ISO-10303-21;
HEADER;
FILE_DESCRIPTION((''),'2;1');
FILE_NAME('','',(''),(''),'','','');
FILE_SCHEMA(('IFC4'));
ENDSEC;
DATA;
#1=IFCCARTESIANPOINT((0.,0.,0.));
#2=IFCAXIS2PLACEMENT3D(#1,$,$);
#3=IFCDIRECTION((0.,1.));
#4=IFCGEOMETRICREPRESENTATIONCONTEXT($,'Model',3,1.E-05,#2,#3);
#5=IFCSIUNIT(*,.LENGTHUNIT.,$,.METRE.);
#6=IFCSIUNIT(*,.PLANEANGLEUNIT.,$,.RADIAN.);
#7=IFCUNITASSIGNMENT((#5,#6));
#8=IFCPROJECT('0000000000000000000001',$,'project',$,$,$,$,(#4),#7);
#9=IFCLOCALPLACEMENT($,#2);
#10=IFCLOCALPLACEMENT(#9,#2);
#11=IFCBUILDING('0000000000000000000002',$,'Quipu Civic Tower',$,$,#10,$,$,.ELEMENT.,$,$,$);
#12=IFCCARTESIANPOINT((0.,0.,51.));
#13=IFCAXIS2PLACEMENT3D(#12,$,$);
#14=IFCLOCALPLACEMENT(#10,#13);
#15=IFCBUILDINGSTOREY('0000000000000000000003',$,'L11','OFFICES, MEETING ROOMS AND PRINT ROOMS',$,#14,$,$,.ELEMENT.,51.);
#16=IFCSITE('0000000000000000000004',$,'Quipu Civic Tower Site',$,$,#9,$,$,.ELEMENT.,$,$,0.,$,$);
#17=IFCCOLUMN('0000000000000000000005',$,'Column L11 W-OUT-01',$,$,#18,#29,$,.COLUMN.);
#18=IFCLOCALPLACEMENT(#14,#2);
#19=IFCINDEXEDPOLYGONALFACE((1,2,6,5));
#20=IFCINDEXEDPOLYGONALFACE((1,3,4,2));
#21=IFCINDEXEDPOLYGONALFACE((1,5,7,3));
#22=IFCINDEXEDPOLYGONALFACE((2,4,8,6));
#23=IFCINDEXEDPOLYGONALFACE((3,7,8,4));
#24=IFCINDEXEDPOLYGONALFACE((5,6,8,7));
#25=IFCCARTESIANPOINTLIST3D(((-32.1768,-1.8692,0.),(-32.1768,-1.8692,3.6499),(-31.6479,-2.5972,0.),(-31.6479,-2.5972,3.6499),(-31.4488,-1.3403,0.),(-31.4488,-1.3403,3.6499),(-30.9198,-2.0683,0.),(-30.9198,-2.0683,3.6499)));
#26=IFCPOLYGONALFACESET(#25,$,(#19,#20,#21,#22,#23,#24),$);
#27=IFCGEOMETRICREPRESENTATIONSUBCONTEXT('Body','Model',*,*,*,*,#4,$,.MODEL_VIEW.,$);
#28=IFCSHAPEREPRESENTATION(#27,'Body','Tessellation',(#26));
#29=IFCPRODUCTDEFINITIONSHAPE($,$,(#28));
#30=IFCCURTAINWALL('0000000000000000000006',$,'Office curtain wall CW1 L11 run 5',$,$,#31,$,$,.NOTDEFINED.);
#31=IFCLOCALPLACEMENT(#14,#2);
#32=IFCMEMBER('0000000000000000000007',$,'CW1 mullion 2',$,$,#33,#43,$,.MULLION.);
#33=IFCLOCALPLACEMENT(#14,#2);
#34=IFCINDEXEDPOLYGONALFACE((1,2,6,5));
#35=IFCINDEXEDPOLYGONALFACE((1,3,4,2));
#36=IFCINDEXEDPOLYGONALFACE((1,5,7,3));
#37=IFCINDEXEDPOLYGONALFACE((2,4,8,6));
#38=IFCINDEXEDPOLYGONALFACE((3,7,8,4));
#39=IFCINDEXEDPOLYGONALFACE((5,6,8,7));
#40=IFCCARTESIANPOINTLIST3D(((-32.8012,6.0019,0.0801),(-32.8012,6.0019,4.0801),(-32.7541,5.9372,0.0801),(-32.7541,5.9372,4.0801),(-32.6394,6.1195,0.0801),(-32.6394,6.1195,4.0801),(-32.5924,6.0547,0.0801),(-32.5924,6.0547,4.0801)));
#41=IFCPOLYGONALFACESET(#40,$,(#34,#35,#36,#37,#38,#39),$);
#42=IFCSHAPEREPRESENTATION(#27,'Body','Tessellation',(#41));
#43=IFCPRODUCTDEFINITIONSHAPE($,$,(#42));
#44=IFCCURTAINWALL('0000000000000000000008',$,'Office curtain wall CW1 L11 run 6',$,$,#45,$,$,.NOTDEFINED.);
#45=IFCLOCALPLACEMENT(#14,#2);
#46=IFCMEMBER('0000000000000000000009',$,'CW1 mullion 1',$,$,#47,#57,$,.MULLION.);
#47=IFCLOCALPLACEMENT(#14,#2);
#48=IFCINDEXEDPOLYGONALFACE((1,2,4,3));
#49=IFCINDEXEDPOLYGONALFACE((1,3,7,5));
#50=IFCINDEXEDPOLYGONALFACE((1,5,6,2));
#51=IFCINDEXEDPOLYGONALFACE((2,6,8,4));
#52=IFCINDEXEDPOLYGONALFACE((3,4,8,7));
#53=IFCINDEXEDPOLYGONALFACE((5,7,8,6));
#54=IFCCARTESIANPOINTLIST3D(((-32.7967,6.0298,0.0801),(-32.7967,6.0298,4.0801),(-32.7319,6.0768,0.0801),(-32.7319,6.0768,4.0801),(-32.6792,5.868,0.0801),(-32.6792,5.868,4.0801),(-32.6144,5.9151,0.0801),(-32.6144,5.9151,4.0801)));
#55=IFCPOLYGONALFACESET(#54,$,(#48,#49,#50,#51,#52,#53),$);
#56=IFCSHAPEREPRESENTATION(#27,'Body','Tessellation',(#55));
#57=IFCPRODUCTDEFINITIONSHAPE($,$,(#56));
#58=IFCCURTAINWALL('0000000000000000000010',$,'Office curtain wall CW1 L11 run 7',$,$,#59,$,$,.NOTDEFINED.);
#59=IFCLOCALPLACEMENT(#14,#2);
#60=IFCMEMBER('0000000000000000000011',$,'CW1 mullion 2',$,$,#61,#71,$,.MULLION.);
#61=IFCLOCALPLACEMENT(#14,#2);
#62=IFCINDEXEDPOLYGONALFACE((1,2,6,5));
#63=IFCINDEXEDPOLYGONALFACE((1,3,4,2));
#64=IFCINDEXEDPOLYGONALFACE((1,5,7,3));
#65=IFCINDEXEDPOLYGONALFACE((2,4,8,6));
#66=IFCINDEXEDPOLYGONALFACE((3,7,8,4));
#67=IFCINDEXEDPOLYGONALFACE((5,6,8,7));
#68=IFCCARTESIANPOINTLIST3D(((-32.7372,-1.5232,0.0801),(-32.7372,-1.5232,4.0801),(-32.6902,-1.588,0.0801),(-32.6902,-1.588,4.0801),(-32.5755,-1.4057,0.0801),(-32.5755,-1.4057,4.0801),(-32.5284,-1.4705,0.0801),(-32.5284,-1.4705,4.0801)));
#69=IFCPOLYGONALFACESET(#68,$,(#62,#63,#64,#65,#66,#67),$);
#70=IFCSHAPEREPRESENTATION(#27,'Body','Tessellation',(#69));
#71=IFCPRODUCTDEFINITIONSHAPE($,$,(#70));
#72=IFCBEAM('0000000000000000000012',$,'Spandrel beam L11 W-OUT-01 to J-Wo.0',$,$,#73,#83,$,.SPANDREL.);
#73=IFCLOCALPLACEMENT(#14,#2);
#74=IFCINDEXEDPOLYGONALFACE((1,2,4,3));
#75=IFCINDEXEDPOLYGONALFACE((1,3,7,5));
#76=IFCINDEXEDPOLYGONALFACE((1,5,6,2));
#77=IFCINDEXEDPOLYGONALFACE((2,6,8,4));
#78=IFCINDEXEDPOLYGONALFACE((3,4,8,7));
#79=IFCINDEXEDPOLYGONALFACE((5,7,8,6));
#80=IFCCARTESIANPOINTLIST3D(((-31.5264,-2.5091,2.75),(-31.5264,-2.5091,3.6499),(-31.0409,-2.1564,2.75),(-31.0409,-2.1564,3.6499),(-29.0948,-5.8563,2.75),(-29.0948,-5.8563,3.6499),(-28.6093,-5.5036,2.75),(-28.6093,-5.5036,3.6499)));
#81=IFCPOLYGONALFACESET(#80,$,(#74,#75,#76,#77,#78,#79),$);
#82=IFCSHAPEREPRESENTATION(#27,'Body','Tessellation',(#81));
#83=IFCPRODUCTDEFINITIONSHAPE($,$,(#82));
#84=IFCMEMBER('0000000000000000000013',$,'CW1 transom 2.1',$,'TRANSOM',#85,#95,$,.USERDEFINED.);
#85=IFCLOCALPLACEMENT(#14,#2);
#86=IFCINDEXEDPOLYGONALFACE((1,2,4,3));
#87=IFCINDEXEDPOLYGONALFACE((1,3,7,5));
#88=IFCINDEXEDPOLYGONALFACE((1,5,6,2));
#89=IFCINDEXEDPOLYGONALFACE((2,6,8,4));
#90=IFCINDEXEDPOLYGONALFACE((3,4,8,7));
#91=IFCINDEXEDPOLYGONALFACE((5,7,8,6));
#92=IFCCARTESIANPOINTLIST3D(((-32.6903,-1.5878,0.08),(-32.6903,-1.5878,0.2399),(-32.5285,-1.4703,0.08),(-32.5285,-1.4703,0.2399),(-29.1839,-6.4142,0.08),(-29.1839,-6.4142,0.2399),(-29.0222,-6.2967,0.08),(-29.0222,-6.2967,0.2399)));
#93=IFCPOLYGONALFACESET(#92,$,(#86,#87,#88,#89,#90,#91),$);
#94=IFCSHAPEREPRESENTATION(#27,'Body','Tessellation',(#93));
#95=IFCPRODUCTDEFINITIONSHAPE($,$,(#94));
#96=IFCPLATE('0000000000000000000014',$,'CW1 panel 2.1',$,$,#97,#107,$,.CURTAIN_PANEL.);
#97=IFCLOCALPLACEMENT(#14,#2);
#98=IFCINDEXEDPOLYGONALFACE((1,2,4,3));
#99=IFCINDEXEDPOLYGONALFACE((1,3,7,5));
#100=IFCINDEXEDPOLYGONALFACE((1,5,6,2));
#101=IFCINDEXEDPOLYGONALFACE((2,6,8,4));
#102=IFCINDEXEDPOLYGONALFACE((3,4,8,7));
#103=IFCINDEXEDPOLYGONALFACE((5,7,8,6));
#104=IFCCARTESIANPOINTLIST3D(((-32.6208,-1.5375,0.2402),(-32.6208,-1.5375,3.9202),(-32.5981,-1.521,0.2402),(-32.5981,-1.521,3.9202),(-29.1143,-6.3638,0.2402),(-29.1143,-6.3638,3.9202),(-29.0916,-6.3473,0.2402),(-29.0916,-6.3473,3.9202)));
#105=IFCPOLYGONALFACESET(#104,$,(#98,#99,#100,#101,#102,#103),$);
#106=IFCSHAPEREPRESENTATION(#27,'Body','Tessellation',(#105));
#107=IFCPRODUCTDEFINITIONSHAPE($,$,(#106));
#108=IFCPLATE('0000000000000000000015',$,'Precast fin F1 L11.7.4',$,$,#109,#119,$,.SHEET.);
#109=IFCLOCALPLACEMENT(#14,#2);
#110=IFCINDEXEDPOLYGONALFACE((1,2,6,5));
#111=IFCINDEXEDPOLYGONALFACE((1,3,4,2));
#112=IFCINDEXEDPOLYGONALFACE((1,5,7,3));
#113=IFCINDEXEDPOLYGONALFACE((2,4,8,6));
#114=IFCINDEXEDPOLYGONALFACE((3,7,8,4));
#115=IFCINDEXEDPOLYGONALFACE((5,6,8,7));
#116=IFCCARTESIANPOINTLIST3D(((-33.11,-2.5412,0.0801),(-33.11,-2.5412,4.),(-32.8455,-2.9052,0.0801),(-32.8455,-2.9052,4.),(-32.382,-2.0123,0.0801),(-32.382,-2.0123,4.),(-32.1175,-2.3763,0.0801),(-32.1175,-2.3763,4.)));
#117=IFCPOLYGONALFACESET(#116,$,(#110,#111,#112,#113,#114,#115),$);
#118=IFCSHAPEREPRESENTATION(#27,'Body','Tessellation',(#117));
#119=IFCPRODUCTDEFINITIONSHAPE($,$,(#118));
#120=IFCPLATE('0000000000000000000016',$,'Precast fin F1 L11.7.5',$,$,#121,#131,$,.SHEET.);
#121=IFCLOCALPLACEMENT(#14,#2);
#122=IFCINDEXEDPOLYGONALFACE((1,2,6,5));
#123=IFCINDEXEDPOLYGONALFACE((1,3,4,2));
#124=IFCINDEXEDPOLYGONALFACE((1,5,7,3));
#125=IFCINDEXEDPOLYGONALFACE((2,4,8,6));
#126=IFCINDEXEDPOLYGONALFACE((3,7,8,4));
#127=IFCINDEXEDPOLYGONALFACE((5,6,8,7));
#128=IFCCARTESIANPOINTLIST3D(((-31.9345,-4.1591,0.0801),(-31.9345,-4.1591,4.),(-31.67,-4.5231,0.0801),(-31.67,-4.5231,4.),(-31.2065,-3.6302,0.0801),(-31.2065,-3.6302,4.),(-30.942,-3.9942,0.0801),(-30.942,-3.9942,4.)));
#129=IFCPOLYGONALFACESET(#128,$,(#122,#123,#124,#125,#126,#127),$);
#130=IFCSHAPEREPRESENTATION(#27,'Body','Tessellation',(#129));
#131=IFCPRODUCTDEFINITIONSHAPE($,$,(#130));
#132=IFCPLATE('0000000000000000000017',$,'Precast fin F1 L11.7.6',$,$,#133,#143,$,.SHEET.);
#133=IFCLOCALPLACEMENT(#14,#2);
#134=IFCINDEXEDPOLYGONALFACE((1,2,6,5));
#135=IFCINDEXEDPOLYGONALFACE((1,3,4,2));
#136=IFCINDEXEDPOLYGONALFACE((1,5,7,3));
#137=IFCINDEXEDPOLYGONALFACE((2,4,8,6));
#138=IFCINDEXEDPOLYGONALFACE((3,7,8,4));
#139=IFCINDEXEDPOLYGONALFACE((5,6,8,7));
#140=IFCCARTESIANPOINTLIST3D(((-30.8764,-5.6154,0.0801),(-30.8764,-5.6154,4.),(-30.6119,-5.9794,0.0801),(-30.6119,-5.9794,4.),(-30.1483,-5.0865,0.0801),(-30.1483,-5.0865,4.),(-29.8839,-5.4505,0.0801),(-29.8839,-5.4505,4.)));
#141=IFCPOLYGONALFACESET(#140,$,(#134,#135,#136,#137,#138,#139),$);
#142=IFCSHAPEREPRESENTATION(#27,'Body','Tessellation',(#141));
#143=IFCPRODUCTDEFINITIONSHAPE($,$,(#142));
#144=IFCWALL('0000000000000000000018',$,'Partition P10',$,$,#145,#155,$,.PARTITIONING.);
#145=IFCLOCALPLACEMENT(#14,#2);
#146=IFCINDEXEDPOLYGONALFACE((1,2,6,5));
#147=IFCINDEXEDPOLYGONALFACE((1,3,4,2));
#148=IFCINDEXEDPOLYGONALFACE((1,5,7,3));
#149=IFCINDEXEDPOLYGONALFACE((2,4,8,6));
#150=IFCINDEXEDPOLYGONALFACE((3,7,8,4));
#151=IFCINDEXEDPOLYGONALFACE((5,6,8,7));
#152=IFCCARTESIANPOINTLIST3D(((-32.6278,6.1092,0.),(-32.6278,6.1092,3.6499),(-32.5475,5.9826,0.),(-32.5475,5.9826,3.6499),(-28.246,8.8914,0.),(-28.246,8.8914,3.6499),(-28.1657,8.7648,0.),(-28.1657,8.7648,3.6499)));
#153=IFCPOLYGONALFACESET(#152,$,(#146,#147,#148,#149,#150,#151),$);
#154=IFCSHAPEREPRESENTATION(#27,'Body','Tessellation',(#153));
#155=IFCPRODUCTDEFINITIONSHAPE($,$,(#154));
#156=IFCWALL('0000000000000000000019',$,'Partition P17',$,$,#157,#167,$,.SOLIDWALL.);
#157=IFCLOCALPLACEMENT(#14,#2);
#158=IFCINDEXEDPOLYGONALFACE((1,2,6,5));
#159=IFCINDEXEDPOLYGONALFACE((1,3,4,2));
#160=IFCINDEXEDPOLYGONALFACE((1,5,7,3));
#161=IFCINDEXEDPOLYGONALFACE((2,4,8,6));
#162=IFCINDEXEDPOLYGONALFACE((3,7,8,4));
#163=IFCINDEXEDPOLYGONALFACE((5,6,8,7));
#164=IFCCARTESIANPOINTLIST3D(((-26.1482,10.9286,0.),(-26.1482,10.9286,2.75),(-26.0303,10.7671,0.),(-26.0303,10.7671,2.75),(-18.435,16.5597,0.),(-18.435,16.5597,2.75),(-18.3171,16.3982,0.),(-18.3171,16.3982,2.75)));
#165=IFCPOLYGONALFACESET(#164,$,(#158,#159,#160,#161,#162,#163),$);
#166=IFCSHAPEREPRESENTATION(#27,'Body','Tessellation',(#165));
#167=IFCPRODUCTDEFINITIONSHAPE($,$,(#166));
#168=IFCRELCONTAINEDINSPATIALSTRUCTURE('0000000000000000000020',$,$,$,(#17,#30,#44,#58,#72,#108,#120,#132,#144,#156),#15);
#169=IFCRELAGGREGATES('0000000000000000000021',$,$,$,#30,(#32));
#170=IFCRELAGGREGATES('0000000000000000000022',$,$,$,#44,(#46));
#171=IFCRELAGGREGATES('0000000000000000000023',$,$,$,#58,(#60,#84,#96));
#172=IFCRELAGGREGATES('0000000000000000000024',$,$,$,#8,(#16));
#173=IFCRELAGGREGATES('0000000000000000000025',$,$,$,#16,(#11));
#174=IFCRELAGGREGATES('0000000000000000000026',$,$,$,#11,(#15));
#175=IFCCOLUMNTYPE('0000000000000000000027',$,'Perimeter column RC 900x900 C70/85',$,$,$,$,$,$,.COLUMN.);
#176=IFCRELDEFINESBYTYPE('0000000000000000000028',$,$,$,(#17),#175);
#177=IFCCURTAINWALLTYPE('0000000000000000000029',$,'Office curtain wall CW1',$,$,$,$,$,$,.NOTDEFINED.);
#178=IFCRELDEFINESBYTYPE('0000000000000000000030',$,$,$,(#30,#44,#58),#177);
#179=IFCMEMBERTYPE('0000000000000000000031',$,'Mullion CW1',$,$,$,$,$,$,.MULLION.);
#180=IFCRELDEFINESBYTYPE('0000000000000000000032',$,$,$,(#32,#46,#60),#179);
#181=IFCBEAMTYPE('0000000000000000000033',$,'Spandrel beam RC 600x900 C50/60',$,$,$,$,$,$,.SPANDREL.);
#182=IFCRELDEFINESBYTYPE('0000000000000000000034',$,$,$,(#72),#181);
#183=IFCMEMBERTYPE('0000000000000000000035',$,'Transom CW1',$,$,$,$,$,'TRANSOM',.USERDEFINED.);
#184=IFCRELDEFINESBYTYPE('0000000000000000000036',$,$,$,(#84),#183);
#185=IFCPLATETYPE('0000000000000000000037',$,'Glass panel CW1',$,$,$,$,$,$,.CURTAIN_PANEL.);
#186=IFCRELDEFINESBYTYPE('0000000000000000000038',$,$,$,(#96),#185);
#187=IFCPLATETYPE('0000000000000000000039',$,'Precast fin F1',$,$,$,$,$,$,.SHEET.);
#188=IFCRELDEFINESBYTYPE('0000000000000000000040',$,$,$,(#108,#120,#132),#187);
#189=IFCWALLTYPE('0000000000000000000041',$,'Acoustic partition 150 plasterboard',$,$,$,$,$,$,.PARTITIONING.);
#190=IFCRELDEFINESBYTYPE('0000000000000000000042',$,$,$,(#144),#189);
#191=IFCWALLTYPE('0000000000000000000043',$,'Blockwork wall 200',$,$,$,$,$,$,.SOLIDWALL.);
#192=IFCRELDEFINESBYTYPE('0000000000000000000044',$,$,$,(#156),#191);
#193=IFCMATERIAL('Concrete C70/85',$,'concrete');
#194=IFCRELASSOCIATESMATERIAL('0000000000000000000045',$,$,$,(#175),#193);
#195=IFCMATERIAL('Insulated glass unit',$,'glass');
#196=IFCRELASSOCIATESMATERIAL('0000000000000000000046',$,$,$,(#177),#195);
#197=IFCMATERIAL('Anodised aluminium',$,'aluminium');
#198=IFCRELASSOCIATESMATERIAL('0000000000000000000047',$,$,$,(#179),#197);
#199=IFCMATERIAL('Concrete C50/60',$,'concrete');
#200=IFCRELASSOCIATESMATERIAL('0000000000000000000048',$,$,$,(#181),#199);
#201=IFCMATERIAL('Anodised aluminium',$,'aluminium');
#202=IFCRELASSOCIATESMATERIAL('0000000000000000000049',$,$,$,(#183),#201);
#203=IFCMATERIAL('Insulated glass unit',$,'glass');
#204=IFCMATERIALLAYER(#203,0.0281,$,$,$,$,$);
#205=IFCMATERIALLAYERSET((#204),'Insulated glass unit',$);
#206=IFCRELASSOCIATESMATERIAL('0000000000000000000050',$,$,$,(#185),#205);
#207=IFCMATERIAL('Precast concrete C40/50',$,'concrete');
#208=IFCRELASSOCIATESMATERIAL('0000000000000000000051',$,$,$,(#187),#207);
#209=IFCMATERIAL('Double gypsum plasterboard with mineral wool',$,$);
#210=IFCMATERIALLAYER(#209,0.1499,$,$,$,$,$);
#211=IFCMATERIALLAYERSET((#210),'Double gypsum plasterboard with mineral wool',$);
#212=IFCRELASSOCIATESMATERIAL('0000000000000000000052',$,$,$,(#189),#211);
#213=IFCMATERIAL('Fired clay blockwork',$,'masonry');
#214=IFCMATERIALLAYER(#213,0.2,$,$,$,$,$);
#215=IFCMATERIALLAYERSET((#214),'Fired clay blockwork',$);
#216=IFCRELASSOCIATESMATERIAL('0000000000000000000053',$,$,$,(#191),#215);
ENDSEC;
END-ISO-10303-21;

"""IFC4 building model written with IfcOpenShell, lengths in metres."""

from ifc_helpers import new_model, si_unit, direction, frame, frame_2d, origin, origin_2d, place, context, subcontext, project, spatial, rectangle, extrude, material, layer, layer_set, material_profile, profile_set, type_object, element, aggregate, save


model = new_model("IFC4")

# Units and contexts
model_context = context("Model", 3, precision=1e-05, world=origin(), true_north=direction((0.0, 1.0)))
body_context = subcontext(model_context, "Body", "Model", "MODEL_VIEW")
ifc_project = project(units=[si_unit("LENGTHUNIT", "METRE"), si_unit("PLANEANGLEUNIT", "RADIAN")], contexts=[model_context])

# Site, building, storey
site_placement = place(None, origin())
site = spatial("IfcSite", under=ifc_project, at=site_placement, Name="Quipu Civic Tower Site", CompositionType="ELEMENT", RefElevation=0.0)
building_placement = place(site_placement, origin())
building = spatial("IfcBuilding", under=site, at=building_placement, Name="Quipu Civic Tower", CompositionType="ELEMENT")
storey_placement = place(building_placement, frame((0.0, 0.0, 51.0)))
storey = spatial("IfcBuildingStorey", under=building, at=storey_placement, Name="L11", Description="OFFICES, MEETING ROOMS AND PRINT ROOMS", CompositionType="ELEMENT", Elevation=51.0)

# Column
ifc_material_1 = material(Name="Concrete C70/85", Category="concrete")
ifc_material_profile_1 = material_profile(ifc_material_1, rectangle(XDim=0.8999, YDim=0.8999, at=origin_2d()), Name="RC900x900")
ifc_profile_set_1 = profile_set([ifc_material_profile_1], Name="Concrete C70/85")
column_type = type_object("IfcColumnType", Name="Perimeter column RC 900x900 C70/85", PredefinedType="COLUMN", material=ifc_profile_set_1)
column_placement = place(storey_placement, frame((-31.5483, -1.9688, 0.0), z_axis=(0.0, 0.0, 1.0), x_axis=(0.587785, -0.809017, 0.0)))
element("IfcColumn", 1, at=column_placement, inside=storey, type_object=column_type, Name="Column L11 W-OUT-01", PredefinedType="COLUMN", context=body_context, shape_type="SweptSolid", body=[
    extrude(rectangle(XDim=0.8999, YDim=0.8999, at=origin_2d()), origin(), (0.0, 0.0, 1.0), 3.6499),
])

# Curtain walls, members
ifc_material_2 = material(Name="Insulated glass unit", Category="glass")
curtain_wall_type = type_object("IfcCurtainWallType", Name="Office curtain wall CW1", PredefinedType="NOTDEFINED", material=ifc_material_2)
curtain_wall_1_placement = place(storey_placement, origin())
curtain_wall_1 = element("IfcCurtainWall", 2, at=curtain_wall_1_placement, inside=storey, type_object=curtain_wall_type, Name="Office curtain wall CW1 L11 run 5", PredefinedType="NOTDEFINED")
ifc_material_3 = material(Name="Anodised aluminium", Category="aluminium")
ifc_material_profile_2 = material_profile(ifc_material_3, rectangle(XDim=0.2, YDim=0.0801, at=origin_2d()), Name="RECT 200x80")
ifc_profile_set_2 = profile_set([ifc_material_profile_2], Name="Anodised aluminium")
member_type_1 = type_object("IfcMemberType", Name="Mullion CW1", PredefinedType="MULLION", material=ifc_profile_set_2)
member_1_placement = place(storey_placement, frame((-32.6968, 6.0283, 0.0801), z_axis=(0.0, 0.0, 1.0), x_axis=(0.809018, 0.587784, 0.0)))
member_1 = element("IfcMember", 3, at=member_1_placement, type_object=member_type_1, Name="CW1 mullion 2", PredefinedType="MULLION", context=body_context, shape_type="SweptSolid", body=[
    extrude(rectangle(XDim=0.2, YDim=0.0801, at=origin_2d()), origin(), (0.0, 0.0, 1.0), 4.0),
])
aggregate(curtain_wall_1, [member_1])
curtain_wall_2_placement = place(storey_placement, origin())
curtain_wall_2 = element("IfcCurtainWall", 4, at=curtain_wall_2_placement, inside=storey, type_object=curtain_wall_type, Name="Office curtain wall CW1 L11 run 6", PredefinedType="NOTDEFINED")
member_2_placement = place(storey_placement, frame((-32.7056, 5.9724, 0.0801), z_axis=(0.0, 0.0, 1.0), x_axis=(0.587772, -0.809027, 0.0)))
member_2 = element("IfcMember", 5, at=member_2_placement, type_object=member_type_1, Name="CW1 mullion 1", PredefinedType="MULLION", context=body_context, shape_type="SweptSolid", body=[
    extrude(rectangle(XDim=0.2, YDim=0.0801, at=origin_2d()), origin(), (0.0, 0.0, 1.0), 4.0),
])
aggregate(curtain_wall_2, [member_2])
curtain_wall_3_placement = place(storey_placement, origin())
curtain_wall_3 = element("IfcCurtainWall", 6, at=curtain_wall_3_placement, inside=storey, type_object=curtain_wall_type, Name="Office curtain wall CW1 L11 run 7", PredefinedType="NOTDEFINED")
member_3_placement = place(storey_placement, frame((-32.6328, -1.4968, 0.0801), z_axis=(0.0, 0.0, 1.0), x_axis=(0.809016, 0.587787, 0.0)))
member_3 = element("IfcMember", 7, at=member_3_placement, type_object=member_type_1, Name="CW1 mullion 2", PredefinedType="MULLION", context=body_context, shape_type="SweptSolid", body=[
    extrude(rectangle(XDim=0.2, YDim=0.0801, at=origin_2d()), origin(), (0.0, 0.0, 1.0), 4.0),
])

# Beam
ifc_material_4 = material(Name="Concrete C50/60", Category="concrete")
ifc_material_profile_3 = material_profile(ifc_material_4, rectangle(XDim=0.6001, YDim=0.8999, at=origin_2d()), Name="RC600x900")
ifc_profile_set_3 = profile_set([ifc_material_profile_3], Name="Concrete C50/60")
beam_type = type_object("IfcBeamType", Name="Spandrel beam RC 600x900 C50/60", PredefinedType="SPANDREL", material=ifc_profile_set_3)
beam_placement = place(storey_placement, frame((-31.2837, -2.3328, 3.2), z_axis=(0.587751, -0.809042, 0.0), x_axis=(0.809042, 0.587751, 0.0)))
element("IfcBeam", 8, at=beam_placement, inside=storey, type_object=beam_type, Name="Spandrel beam L11 W-OUT-01 to J-Wo.0", PredefinedType="SPANDREL", context=body_context, shape_type="SweptSolid", body=[
    extrude(rectangle(XDim=0.6001, YDim=0.8999, at=origin_2d()), origin(), (0.0, 0.0, 1.0), 4.1372),
])

# Member
ifc_material_5 = material(Name="Anodised aluminium", Category="aluminium")
ifc_material_profile_4 = material_profile(ifc_material_5, rectangle(XDim=0.2, YDim=0.1599, at=origin_2d()), Name="RECT 200x160")
ifc_profile_set_4 = profile_set([ifc_material_profile_4], Name="Anodised aluminium")
member_type_2 = type_object("IfcMemberType", Name="Transom CW1", ElementType="TRANSOM", PredefinedType="USERDEFINED", material=ifc_profile_set_4)
member_4_placement = place(storey_placement, frame((-32.6094, -1.5291, 0.1599), z_axis=(0.587758, -0.809037, 0.0), x_axis=(0.809037, 0.587758, 0.0)))
member_4 = element("IfcMember", 9, at=member_4_placement, type_object=member_type_2, Name="CW1 transom 2.1", ObjectType="TRANSOM", PredefinedType="USERDEFINED", context=body_context, shape_type="SweptSolid", body=[
    extrude(rectangle(XDim=0.2, YDim=0.1599, at=origin_2d()), origin(), (0.0, 0.0, 1.0), 5.9656),
])

# Plate
ifc_material_6 = material(Name="Insulated glass unit", Category="glass")
ifc_layer_1 = layer(ifc_material_6, 0.0281)
ifc_layer_set_1 = layer_set([ifc_layer_1], Name="Insulated glass unit")
plate_type_1 = type_object("IfcPlateType", Name="Glass panel CW1", PredefinedType="CURTAIN_PANEL", material=ifc_layer_set_1)
plate_placement = place(storey_placement, frame((-30.8562, -3.9424, 0.2402), z_axis=(0.0, 0.0, 1.0), x_axis=(0.587787, -0.809016, 0.0)))
plate = element("IfcPlate", 10, at=plate_placement, type_object=plate_type_1, Name="CW1 panel 2.1", PredefinedType="CURTAIN_PANEL", context=body_context, shape_type="SweptSolid", body=[
    extrude(rectangle(XDim=5.9656, YDim=0.0281, at=origin_2d()), origin(), (0.0, 0.0, 1.0), 3.6799),
])
aggregate(curtain_wall_3, [member_3, member_4, plate])

# Plates
ifc_material_7 = material(Name="Precast concrete C40/50", Category="concrete")
plate_type_2 = type_object("IfcPlateType", Name="Precast fin F1", PredefinedType="SHEET", material=ifc_material_7)
for number, where, z_axis, x_axis, name in (
    (11, (-32.6138, -2.4587, 0.0801), (0.0, 0.0, 1.0), (0.587787, -0.809016, 0.0), "Precast fin F1 L11.7.4"),
    (12, (-31.4382, -4.0767, 0.0801), (0.0, 0.0, 1.0), (0.587787, -0.809016, 0.0), "Precast fin F1 L11.7.5"),
    (13, (-30.3801, -5.533, 0.0801), (0.0, 0.0, 1.0), (0.587787, -0.809016, 0.0), "Precast fin F1 L11.7.6"),
):
    element("IfcPlate", number, at=place(storey_placement, frame(where, z_axis=z_axis, x_axis=x_axis)), inside=storey, type_object=plate_type_2, Name=name, PredefinedType="SHEET", context=body_context, shape_type="SweptSolid", body=[
        extrude(rectangle(XDim=0.45, YDim=0.8999, at=origin_2d()), origin(), (0.0, 0.0, 1.0), 3.9199),
    ])

# Walls
ifc_material_8 = material(Name="Double gypsum plasterboard with mineral wool")
ifc_layer_2 = layer(ifc_material_8, 0.1499)
ifc_layer_set_2 = layer_set([ifc_layer_2], Name="Double gypsum plasterboard with mineral wool")
wall_type_1 = type_object("IfcWallType", Name="Acoustic partition 150 plasterboard", PredefinedType="PARTITIONING", material=ifc_layer_set_2)
wall_1_placement = place(storey_placement, frame((-32.5876, 6.0459, 0.0), z_axis=(0.0, 0.0, 1.0), x_axis=(0.844203, 0.536023, 0.0)))
element("IfcWall", 14, at=wall_1_placement, inside=storey, type_object=wall_type_1, Name="Partition P10", PredefinedType="PARTITIONING", context=body_context, shape_type="SweptSolid", body=[
    extrude(rectangle(XDim=5.1904, YDim=0.1499, at=frame_2d((2.5952, 0.0))), origin(), (0.0, 0.0, 1.0), 3.6499),
])
ifc_material_9 = material(Name="Fired clay blockwork", Category="masonry")
ifc_layer_3 = layer(ifc_material_9, 0.2)
ifc_layer_set_3 = layer_set([ifc_layer_3], Name="Fired clay blockwork")
wall_type_2 = type_object("IfcWallType", Name="Blockwork wall 200", PredefinedType="SOLIDWALL", material=ifc_layer_set_3)
wall_2_placement = place(storey_placement, frame((-26.0891, 10.8479, 0.0), z_axis=(0.0, 0.0, 1.0), x_axis=(0.807661, 0.589647, 0.0)))
element("IfcWall", 15, at=wall_2_placement, inside=storey, type_object=wall_type_2, Name="Partition P17", PredefinedType="SOLIDWALL", context=body_context, shape_type="SweptSolid", body=[
    extrude(rectangle(XDim=9.55, YDim=0.2, at=frame_2d((4.7749, 0.0))), origin(), (0.0, 0.0, 1.0), 2.75),
])

save(model, "model.ifc")
